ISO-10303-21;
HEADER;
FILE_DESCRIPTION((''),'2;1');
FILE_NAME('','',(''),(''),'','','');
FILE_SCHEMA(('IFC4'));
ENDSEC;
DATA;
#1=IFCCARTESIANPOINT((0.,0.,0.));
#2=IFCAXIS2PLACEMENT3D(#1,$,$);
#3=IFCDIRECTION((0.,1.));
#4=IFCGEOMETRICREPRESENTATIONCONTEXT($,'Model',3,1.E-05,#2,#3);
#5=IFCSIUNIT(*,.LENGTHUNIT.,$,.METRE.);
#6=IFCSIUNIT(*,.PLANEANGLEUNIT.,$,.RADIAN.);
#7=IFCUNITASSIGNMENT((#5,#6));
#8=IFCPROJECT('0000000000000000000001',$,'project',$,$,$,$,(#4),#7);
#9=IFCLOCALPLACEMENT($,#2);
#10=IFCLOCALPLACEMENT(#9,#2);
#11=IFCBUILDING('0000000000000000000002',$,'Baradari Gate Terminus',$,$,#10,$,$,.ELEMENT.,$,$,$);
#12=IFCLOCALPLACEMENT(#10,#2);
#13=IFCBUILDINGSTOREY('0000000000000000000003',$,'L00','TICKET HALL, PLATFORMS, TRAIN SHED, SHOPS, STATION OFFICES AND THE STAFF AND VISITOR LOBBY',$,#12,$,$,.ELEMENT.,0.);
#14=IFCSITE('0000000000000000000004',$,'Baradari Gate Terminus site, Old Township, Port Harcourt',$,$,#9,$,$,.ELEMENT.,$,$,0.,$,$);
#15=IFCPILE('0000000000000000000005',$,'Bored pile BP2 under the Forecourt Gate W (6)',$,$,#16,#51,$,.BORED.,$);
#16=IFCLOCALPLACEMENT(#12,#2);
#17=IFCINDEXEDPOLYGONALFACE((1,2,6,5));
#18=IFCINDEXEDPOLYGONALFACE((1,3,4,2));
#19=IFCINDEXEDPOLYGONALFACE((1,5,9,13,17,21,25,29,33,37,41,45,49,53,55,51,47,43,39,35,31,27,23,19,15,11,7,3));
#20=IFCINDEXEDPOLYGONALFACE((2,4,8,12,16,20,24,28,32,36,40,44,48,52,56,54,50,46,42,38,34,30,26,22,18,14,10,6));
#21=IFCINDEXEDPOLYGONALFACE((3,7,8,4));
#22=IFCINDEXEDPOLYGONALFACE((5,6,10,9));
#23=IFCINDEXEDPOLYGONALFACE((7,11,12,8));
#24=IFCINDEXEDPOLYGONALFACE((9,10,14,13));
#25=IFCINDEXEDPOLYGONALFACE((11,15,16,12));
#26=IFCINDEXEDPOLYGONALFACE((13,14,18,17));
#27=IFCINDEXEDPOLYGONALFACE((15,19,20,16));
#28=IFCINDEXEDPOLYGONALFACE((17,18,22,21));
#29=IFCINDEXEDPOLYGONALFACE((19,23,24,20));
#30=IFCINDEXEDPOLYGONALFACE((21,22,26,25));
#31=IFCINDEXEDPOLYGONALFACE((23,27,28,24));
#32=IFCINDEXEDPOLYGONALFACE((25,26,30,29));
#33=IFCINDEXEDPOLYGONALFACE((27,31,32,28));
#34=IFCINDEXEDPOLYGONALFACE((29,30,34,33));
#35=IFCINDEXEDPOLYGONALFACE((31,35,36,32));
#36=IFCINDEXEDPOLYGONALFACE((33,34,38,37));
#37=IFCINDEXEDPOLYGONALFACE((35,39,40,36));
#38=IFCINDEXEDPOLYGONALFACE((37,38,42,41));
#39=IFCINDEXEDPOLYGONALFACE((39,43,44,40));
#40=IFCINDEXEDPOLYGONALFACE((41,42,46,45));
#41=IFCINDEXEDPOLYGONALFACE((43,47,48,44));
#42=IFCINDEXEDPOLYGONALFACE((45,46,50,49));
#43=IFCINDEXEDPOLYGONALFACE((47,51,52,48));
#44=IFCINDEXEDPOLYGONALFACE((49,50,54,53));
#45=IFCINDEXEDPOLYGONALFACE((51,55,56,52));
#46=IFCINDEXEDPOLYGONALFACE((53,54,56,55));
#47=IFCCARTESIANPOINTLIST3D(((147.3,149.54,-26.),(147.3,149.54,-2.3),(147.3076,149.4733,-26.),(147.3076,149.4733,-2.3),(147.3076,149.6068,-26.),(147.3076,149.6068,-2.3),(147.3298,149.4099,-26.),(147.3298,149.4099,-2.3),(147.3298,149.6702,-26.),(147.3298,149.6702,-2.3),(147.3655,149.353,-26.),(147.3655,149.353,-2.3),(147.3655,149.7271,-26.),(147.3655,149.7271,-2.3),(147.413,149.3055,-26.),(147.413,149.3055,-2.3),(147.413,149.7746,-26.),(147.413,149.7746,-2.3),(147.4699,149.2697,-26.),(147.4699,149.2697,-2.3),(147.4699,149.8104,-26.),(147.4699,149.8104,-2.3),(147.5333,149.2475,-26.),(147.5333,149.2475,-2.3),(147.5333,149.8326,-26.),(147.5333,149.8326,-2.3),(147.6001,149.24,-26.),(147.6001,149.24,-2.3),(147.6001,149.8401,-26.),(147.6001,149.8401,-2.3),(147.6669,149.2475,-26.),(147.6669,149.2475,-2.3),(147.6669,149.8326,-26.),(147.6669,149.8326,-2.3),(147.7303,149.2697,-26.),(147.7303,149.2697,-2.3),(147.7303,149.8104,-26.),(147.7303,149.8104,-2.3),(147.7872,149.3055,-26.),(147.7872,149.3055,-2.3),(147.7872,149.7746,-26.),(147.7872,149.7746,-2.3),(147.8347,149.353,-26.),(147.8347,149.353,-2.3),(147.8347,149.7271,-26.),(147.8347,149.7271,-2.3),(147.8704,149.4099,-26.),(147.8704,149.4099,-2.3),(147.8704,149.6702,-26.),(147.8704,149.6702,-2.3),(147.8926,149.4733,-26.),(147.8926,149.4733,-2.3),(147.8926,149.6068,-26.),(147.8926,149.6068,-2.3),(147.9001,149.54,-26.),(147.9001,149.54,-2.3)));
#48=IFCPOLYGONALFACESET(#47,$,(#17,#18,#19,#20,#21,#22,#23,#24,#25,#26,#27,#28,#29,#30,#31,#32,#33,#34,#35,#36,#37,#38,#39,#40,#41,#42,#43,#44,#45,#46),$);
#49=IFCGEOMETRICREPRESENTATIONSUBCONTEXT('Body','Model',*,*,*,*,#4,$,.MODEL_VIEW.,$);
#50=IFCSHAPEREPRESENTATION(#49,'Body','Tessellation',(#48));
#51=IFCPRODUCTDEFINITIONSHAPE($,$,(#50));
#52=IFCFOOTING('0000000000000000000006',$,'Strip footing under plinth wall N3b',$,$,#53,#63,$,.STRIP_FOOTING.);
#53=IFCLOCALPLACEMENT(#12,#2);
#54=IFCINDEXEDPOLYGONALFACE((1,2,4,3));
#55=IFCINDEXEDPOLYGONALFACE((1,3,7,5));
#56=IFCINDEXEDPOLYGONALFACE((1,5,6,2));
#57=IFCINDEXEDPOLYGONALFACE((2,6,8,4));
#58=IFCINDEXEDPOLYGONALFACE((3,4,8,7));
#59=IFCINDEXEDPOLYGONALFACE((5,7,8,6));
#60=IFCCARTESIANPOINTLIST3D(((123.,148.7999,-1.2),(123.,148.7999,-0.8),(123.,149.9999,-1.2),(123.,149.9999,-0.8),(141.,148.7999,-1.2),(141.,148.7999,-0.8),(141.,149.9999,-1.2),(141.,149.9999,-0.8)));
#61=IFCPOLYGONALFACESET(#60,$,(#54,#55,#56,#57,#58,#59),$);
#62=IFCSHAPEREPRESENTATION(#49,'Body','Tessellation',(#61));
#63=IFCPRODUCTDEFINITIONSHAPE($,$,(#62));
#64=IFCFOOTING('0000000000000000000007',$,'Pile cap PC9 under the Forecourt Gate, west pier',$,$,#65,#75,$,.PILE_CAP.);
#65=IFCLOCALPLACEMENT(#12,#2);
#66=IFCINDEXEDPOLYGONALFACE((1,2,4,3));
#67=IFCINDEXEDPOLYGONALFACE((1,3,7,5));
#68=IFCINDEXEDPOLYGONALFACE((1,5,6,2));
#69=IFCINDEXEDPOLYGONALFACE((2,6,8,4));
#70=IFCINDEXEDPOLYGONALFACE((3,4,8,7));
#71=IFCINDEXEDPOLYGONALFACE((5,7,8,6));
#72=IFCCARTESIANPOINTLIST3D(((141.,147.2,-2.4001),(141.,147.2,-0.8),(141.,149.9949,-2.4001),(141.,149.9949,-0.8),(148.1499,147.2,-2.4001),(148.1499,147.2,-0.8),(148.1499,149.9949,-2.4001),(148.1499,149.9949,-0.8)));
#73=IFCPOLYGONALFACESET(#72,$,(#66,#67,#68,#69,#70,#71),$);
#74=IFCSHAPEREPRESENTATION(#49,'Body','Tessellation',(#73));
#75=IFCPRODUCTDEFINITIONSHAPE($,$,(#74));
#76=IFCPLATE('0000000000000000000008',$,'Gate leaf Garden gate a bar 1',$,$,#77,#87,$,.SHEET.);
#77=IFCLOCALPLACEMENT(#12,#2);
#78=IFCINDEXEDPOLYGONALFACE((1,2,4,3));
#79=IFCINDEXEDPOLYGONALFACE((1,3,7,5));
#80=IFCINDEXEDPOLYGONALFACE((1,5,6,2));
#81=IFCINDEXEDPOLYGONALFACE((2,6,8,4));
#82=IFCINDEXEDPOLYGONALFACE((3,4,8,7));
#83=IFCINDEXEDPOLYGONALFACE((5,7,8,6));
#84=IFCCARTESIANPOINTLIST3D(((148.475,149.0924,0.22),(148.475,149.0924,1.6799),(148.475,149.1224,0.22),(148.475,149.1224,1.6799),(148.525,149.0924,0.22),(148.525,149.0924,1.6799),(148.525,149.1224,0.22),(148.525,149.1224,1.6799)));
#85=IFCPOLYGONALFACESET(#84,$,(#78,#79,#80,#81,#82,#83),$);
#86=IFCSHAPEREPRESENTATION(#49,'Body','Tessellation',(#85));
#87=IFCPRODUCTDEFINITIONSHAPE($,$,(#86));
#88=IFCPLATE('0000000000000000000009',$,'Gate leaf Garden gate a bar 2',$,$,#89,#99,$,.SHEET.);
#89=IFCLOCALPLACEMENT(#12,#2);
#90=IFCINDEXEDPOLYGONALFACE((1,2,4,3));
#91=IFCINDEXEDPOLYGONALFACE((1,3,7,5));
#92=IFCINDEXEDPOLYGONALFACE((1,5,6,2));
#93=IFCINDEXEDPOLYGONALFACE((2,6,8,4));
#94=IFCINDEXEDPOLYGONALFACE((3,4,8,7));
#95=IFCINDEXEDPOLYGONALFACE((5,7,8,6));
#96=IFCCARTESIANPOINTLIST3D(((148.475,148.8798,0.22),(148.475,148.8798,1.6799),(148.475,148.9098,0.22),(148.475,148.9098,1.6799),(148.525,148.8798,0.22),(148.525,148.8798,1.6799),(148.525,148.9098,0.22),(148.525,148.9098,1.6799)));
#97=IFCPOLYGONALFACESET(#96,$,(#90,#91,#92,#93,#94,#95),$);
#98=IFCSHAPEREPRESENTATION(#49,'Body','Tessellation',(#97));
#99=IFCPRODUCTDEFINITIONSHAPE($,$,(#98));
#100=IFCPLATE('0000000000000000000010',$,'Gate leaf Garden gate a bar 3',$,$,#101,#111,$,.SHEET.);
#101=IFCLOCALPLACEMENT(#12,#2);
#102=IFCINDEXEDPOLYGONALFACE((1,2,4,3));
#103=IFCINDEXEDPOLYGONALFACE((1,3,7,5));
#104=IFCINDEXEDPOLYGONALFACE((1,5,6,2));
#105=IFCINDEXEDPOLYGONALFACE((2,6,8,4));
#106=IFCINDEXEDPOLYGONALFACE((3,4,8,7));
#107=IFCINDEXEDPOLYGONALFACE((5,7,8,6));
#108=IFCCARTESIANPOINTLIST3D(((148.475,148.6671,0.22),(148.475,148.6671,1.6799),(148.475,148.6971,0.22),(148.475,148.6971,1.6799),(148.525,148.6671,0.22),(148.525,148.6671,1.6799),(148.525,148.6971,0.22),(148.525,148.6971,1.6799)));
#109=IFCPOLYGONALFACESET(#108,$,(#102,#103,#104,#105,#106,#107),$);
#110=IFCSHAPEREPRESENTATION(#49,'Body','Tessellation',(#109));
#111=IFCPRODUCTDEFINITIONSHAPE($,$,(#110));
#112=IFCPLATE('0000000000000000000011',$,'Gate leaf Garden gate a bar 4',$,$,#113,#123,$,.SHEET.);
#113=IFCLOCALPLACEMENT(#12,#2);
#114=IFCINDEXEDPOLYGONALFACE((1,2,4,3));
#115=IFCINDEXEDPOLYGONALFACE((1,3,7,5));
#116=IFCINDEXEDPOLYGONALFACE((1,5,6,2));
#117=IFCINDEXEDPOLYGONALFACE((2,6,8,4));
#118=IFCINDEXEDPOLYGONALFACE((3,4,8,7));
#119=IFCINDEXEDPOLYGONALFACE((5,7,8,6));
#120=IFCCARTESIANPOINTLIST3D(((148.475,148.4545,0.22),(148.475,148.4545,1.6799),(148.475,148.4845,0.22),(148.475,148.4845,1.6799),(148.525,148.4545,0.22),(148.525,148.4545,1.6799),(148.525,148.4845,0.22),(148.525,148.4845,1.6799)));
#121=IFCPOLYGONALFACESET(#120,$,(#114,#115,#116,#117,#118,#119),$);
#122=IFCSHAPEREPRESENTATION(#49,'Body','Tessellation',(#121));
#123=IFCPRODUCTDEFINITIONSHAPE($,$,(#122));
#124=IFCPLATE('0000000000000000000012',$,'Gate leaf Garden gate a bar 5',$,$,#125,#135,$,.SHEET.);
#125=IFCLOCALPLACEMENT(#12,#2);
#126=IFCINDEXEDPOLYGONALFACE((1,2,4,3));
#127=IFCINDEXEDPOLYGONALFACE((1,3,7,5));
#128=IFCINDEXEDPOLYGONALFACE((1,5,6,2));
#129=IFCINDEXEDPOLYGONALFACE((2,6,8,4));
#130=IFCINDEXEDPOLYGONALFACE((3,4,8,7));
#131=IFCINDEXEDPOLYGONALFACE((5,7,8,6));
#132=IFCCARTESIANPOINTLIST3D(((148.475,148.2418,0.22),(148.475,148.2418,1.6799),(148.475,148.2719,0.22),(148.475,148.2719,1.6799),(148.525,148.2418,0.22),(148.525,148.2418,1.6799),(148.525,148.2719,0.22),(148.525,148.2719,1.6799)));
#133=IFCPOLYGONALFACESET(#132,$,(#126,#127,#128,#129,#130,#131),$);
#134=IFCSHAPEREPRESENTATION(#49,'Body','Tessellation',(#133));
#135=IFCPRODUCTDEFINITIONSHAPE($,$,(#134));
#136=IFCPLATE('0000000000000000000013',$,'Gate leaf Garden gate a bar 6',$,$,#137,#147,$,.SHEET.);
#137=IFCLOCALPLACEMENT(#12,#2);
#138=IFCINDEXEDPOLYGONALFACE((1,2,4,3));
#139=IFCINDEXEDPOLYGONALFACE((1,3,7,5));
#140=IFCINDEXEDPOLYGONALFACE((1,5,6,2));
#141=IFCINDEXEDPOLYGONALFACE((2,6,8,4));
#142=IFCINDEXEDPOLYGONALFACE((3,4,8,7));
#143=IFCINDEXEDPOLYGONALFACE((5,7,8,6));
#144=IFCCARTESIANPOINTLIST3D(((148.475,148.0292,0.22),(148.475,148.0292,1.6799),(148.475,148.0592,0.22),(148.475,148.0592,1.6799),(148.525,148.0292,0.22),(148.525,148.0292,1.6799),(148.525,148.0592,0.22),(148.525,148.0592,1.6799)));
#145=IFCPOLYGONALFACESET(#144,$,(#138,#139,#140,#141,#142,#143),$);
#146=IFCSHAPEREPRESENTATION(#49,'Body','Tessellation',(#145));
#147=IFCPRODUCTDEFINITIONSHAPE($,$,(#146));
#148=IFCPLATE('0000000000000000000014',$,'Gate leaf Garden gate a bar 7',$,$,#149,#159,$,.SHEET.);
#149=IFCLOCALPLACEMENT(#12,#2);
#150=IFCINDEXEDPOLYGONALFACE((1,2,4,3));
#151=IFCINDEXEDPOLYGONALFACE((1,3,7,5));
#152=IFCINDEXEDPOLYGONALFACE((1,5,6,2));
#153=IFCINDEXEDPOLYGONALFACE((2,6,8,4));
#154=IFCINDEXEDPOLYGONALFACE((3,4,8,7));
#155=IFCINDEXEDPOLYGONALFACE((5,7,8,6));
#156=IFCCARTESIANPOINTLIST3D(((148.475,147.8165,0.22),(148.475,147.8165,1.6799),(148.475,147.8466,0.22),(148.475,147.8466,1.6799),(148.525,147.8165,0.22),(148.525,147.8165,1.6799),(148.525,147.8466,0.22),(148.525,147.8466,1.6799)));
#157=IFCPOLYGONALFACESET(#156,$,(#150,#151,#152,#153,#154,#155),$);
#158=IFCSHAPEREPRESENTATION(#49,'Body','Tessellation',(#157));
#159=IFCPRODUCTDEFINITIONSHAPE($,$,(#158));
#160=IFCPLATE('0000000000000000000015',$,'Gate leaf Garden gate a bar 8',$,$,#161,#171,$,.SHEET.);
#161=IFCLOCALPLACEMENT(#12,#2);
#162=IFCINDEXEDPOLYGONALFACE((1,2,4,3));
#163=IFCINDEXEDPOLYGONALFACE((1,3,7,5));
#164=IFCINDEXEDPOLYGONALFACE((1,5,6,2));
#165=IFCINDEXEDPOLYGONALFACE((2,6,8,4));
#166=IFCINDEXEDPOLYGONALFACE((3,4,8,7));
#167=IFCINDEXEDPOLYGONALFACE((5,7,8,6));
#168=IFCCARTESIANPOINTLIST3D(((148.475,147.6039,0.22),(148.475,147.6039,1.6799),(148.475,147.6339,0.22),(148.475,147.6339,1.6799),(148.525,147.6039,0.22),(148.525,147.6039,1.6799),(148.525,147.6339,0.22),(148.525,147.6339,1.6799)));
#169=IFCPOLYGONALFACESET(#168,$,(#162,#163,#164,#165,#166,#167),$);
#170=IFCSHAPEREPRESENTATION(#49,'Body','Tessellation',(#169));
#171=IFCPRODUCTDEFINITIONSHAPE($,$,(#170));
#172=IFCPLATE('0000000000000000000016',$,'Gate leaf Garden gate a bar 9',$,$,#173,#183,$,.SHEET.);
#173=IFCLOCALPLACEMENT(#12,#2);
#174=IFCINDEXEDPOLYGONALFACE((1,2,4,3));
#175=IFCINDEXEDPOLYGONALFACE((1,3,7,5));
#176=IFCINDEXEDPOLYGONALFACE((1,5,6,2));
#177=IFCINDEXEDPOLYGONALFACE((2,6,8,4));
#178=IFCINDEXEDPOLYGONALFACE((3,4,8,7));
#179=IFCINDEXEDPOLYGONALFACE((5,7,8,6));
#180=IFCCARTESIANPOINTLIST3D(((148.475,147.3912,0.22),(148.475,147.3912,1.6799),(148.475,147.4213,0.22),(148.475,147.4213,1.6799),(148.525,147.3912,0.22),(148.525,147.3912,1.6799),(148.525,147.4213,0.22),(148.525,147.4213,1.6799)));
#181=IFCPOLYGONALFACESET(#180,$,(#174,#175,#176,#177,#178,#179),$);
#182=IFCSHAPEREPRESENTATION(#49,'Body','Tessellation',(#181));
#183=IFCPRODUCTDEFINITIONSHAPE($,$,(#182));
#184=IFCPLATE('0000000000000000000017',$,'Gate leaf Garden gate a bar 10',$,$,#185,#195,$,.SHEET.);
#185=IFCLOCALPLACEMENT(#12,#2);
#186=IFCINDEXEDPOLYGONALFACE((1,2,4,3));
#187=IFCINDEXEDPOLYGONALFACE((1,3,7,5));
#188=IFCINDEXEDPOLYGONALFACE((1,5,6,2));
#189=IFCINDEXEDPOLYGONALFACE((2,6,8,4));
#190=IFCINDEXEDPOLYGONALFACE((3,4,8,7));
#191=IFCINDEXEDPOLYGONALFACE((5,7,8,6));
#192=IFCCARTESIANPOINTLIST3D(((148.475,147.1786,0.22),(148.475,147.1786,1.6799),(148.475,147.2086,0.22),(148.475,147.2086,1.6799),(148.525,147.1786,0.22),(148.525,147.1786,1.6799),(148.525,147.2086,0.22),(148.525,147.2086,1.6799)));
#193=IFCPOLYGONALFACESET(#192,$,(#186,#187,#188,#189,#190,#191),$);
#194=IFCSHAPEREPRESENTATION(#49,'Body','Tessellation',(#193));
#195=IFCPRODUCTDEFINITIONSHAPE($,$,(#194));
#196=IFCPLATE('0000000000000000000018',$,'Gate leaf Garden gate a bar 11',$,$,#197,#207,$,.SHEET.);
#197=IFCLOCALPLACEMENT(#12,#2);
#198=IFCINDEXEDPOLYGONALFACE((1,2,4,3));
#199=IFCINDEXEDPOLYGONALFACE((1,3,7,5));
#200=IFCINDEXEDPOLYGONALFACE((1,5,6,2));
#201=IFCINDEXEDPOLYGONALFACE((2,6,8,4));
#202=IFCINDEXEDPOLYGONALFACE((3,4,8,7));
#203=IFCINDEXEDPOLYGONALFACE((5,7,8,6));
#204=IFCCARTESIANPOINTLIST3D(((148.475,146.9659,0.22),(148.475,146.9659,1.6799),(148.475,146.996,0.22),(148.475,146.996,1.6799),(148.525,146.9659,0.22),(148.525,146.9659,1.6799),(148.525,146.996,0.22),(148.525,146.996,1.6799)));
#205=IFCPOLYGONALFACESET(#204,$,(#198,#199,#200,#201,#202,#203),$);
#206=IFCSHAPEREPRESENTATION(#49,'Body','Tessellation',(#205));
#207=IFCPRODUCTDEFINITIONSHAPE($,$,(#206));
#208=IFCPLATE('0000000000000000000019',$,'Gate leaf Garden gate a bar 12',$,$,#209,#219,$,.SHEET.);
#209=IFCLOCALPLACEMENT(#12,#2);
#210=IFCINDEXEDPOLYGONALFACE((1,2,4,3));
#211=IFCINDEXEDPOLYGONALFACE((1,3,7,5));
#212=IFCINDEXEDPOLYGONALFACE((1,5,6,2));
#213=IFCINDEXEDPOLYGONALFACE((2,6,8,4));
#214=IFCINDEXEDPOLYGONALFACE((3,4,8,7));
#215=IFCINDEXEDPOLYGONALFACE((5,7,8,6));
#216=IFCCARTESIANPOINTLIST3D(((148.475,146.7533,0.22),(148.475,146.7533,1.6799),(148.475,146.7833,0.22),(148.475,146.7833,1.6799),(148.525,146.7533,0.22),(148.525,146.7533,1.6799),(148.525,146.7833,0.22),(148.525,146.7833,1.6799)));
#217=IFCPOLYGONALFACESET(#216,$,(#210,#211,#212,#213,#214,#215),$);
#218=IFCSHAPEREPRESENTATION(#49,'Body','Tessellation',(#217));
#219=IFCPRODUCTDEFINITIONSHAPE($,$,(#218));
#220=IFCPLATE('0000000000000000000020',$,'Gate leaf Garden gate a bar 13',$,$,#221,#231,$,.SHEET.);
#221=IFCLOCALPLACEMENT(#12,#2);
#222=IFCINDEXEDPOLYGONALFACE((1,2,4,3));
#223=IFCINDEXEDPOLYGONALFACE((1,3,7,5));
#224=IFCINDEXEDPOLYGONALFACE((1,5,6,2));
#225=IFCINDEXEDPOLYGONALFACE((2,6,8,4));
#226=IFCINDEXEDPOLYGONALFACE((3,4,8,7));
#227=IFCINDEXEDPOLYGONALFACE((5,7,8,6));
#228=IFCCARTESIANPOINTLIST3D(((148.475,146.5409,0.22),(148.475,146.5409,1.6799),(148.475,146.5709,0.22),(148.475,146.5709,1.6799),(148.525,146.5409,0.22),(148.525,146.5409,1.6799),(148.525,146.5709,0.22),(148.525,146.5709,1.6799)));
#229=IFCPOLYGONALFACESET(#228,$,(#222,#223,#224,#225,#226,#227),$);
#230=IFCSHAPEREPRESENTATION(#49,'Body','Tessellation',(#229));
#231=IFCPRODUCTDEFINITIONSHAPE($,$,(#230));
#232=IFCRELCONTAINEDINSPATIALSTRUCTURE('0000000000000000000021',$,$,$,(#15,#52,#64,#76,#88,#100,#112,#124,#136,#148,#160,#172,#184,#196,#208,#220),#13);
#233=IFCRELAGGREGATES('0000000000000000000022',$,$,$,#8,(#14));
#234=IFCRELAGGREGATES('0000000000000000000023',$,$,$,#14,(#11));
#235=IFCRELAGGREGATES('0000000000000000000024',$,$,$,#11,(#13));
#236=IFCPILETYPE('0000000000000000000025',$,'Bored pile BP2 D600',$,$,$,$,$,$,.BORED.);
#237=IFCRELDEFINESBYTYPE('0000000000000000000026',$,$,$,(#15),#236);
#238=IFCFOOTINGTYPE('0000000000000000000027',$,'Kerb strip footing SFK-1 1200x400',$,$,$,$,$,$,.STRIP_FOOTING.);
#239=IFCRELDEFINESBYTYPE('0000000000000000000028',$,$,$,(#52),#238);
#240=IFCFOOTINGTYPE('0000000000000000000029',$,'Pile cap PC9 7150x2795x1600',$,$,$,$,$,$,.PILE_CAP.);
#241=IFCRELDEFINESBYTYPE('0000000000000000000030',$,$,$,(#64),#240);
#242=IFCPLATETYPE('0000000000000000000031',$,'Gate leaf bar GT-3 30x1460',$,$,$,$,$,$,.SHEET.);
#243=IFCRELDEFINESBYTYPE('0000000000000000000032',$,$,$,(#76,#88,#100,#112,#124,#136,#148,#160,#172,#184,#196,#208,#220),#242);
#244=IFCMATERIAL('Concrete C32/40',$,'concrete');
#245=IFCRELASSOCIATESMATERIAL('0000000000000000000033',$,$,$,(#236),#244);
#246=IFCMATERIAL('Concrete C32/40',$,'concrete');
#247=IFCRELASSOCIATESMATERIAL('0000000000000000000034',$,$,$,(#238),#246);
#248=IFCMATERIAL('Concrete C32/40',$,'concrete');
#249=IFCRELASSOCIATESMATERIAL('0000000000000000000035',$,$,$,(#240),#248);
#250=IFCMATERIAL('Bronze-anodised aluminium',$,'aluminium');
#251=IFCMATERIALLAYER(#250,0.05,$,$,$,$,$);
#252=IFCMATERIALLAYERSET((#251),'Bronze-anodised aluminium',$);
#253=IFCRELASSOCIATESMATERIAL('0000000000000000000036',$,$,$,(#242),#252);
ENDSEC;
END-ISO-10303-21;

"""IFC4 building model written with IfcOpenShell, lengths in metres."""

from ifc_helpers import new_model, si_unit, direction, frame, origin, origin_2d, place, context, subcontext, project, spatial, rectangle, circle, extrude, material, layer, layer_set, type_object, element, save


model = new_model("IFC4")

# Units and contexts
model_context = context("Model", 3, precision=1e-05, world=origin(), true_north=direction((0.0, 1.0)))
body_context = subcontext(model_context, "Body", "Model", "MODEL_VIEW")
ifc_project = project(units=[si_unit("LENGTHUNIT", "METRE"), si_unit("PLANEANGLEUNIT", "RADIAN")], contexts=[model_context])

# Site, building, storey
site_placement = place(None, origin())
site = spatial("IfcSite", under=ifc_project, at=site_placement, Name="Baradari Gate Terminus site, Old Township, Port Harcourt", CompositionType="ELEMENT", RefElevation=0.0)
building_placement = place(site_placement, origin())
building = spatial("IfcBuilding", under=site, at=building_placement, Name="Baradari Gate Terminus", CompositionType="ELEMENT")
storey_placement = place(building_placement, origin())
storey = spatial("IfcBuildingStorey", under=building, at=storey_placement, Name="L00", Description="TICKET HALL, PLATFORMS, TRAIN SHED, SHOPS, STATION OFFICES AND THE STAFF AND VISITOR LOBBY", CompositionType="ELEMENT", Elevation=0.0)

# Pile
ifc_material_1 = material(Name="Concrete C32/40", Category="concrete")
pile_type = type_object("IfcPileType", Name="Bored pile BP2 D600", PredefinedType="BORED", material=ifc_material_1)
for number, where, z_axis, x_axis, name in (
    (1, (147.6001, 149.54, -2.3), (0.0, 0.0, -1.0), (1.0, 0.0, 0.0), "Bored pile BP2 under the Forecourt Gate W (6)"),
):
    element("IfcPile", number, at=place(storey_placement, frame(where, z_axis=z_axis, x_axis=x_axis)), inside=storey, type_object=pile_type, Name=name, PredefinedType="BORED", context=body_context, shape_type="SweptSolid", body=[
        extrude(circle(Radius=0.3, at=origin_2d()), origin(), (0.0, 0.0, 1.0), 23.7),
    ])

# Footings
ifc_material_2 = material(Name="Concrete C32/40", Category="concrete")
footing_type_1 = type_object("IfcFootingType", Name="Kerb strip footing SFK-1 1200x400", PredefinedType="STRIP_FOOTING", material=ifc_material_2)
footing_1_placement = place(storey_placement, frame((132.0, 149.3999, -1.2), z_axis=(0.0, 0.0, 1.0), x_axis=(1.0, 0.0, 0.0)))
element("IfcFooting", 2, at=footing_1_placement, inside=storey, type_object=footing_type_1, Name="Strip footing under plinth wall N3b", PredefinedType="STRIP_FOOTING", context=body_context, shape_type="SweptSolid", body=[
    extrude(rectangle(XDim=18.0, YDim=1.2, at=origin_2d()), origin(), (0.0, 0.0, 1.0), 0.3999),
])
ifc_material_3 = material(Name="Concrete C32/40", Category="concrete")
footing_type_2 = type_object("IfcFootingType", Name="Pile cap PC9 7150x2795x1600", PredefinedType="PILE_CAP", material=ifc_material_3)
footing_2_placement = place(storey_placement, frame((144.575, 148.5974, -2.4001), z_axis=(0.0, 0.0, 1.0), x_axis=(1.0, 0.0, 0.0)))
element("IfcFooting", 3, at=footing_2_placement, inside=storey, type_object=footing_type_2, Name="Pile cap PC9 under the Forecourt Gate, west pier", PredefinedType="PILE_CAP", context=body_context, shape_type="SweptSolid", body=[
    extrude(rectangle(XDim=7.1499, YDim=2.7949, at=origin_2d()), origin(), (0.0, 0.0, 1.0), 1.6001),
])

# Plates
ifc_material_4 = material(Name="Bronze-anodised aluminium", Category="aluminium")
ifc_layer_1 = layer(ifc_material_4, 0.05)
ifc_layer_set_1 = layer_set([ifc_layer_1], Name="Bronze-anodised aluminium")
plate_type_1 = type_object("IfcPlateType", Name="Gate leaf bar GT-3 30x1460", PredefinedType="SHEET", material=ifc_layer_set_1)
for number, where, z_axis, x_axis, name in (
    (4, (148.5, 149.1074, 0.22), (0.0, 0.0, 1.0), (1.0, 0.0, 0.0), "Gate leaf Garden gate a bar 1"),
    (5, (148.5, 148.8948, 0.22), (0.0, 0.0, 1.0), (1.0, 0.0, 0.0), "Gate leaf Garden gate a bar 2"),
    (6, (148.5, 148.6821, 0.22), (0.0, 0.0, 1.0), (1.0, 0.0, 0.0), "Gate leaf Garden gate a bar 3"),
    (7, (148.5, 148.4695, 0.22), (0.0, 0.0, 1.0), (1.0, 0.0, 0.0), "Gate leaf Garden gate a bar 4"),
    (8, (148.5, 148.2568, 0.22), (0.0, 0.0, 1.0), (1.0, 0.0, 0.0), "Gate leaf Garden gate a bar 5"),
    (9, (148.5, 148.0442, 0.22), (0.0, 0.0, 1.0), (1.0, 0.0, 0.0), "Gate leaf Garden gate a bar 6"),
    (10, (148.5, 147.8315, 0.22), (0.0, 0.0, 1.0), (1.0, 0.0, 0.0), "Gate leaf Garden gate a bar 7"),
    (11, (148.5, 147.6189, 0.22), (0.0, 0.0, 1.0), (1.0, 0.0, 0.0), "Gate leaf Garden gate a bar 8"),
    (12, (148.5, 147.4062, 0.22), (0.0, 0.0, 1.0), (1.0, 0.0, 0.0), "Gate leaf Garden gate a bar 9"),
    (13, (148.5, 147.1936, 0.22), (0.0, 0.0, 1.0), (1.0, 0.0, 0.0), "Gate leaf Garden gate a bar 10"),
    (14, (148.5, 146.981, 0.22), (0.0, 0.0, 1.0), (1.0, 0.0, 0.0), "Gate leaf Garden gate a bar 11"),
    (15, (148.5, 146.7683, 0.22), (0.0, 0.0, 1.0), (1.0, 0.0, 0.0), "Gate leaf Garden gate a bar 12"),
    (16, (148.5, 146.5559, 0.22), (0.0, 0.0, 1.0), (1.0, 0.0, 0.0), "Gate leaf Garden gate a bar 13"),
):
    element("IfcPlate", number, at=place(storey_placement, frame(where, z_axis=z_axis, x_axis=x_axis)), inside=storey, type_object=plate_type_1, Name=name, PredefinedType="SHEET", context=body_context, shape_type="SweptSolid", body=[
        extrude(rectangle(XDim=0.05, YDim=0.03, at=origin_2d()), origin(), (0.0, 0.0, 1.0), 1.46),
    ])

save(model, "model.ifc")
